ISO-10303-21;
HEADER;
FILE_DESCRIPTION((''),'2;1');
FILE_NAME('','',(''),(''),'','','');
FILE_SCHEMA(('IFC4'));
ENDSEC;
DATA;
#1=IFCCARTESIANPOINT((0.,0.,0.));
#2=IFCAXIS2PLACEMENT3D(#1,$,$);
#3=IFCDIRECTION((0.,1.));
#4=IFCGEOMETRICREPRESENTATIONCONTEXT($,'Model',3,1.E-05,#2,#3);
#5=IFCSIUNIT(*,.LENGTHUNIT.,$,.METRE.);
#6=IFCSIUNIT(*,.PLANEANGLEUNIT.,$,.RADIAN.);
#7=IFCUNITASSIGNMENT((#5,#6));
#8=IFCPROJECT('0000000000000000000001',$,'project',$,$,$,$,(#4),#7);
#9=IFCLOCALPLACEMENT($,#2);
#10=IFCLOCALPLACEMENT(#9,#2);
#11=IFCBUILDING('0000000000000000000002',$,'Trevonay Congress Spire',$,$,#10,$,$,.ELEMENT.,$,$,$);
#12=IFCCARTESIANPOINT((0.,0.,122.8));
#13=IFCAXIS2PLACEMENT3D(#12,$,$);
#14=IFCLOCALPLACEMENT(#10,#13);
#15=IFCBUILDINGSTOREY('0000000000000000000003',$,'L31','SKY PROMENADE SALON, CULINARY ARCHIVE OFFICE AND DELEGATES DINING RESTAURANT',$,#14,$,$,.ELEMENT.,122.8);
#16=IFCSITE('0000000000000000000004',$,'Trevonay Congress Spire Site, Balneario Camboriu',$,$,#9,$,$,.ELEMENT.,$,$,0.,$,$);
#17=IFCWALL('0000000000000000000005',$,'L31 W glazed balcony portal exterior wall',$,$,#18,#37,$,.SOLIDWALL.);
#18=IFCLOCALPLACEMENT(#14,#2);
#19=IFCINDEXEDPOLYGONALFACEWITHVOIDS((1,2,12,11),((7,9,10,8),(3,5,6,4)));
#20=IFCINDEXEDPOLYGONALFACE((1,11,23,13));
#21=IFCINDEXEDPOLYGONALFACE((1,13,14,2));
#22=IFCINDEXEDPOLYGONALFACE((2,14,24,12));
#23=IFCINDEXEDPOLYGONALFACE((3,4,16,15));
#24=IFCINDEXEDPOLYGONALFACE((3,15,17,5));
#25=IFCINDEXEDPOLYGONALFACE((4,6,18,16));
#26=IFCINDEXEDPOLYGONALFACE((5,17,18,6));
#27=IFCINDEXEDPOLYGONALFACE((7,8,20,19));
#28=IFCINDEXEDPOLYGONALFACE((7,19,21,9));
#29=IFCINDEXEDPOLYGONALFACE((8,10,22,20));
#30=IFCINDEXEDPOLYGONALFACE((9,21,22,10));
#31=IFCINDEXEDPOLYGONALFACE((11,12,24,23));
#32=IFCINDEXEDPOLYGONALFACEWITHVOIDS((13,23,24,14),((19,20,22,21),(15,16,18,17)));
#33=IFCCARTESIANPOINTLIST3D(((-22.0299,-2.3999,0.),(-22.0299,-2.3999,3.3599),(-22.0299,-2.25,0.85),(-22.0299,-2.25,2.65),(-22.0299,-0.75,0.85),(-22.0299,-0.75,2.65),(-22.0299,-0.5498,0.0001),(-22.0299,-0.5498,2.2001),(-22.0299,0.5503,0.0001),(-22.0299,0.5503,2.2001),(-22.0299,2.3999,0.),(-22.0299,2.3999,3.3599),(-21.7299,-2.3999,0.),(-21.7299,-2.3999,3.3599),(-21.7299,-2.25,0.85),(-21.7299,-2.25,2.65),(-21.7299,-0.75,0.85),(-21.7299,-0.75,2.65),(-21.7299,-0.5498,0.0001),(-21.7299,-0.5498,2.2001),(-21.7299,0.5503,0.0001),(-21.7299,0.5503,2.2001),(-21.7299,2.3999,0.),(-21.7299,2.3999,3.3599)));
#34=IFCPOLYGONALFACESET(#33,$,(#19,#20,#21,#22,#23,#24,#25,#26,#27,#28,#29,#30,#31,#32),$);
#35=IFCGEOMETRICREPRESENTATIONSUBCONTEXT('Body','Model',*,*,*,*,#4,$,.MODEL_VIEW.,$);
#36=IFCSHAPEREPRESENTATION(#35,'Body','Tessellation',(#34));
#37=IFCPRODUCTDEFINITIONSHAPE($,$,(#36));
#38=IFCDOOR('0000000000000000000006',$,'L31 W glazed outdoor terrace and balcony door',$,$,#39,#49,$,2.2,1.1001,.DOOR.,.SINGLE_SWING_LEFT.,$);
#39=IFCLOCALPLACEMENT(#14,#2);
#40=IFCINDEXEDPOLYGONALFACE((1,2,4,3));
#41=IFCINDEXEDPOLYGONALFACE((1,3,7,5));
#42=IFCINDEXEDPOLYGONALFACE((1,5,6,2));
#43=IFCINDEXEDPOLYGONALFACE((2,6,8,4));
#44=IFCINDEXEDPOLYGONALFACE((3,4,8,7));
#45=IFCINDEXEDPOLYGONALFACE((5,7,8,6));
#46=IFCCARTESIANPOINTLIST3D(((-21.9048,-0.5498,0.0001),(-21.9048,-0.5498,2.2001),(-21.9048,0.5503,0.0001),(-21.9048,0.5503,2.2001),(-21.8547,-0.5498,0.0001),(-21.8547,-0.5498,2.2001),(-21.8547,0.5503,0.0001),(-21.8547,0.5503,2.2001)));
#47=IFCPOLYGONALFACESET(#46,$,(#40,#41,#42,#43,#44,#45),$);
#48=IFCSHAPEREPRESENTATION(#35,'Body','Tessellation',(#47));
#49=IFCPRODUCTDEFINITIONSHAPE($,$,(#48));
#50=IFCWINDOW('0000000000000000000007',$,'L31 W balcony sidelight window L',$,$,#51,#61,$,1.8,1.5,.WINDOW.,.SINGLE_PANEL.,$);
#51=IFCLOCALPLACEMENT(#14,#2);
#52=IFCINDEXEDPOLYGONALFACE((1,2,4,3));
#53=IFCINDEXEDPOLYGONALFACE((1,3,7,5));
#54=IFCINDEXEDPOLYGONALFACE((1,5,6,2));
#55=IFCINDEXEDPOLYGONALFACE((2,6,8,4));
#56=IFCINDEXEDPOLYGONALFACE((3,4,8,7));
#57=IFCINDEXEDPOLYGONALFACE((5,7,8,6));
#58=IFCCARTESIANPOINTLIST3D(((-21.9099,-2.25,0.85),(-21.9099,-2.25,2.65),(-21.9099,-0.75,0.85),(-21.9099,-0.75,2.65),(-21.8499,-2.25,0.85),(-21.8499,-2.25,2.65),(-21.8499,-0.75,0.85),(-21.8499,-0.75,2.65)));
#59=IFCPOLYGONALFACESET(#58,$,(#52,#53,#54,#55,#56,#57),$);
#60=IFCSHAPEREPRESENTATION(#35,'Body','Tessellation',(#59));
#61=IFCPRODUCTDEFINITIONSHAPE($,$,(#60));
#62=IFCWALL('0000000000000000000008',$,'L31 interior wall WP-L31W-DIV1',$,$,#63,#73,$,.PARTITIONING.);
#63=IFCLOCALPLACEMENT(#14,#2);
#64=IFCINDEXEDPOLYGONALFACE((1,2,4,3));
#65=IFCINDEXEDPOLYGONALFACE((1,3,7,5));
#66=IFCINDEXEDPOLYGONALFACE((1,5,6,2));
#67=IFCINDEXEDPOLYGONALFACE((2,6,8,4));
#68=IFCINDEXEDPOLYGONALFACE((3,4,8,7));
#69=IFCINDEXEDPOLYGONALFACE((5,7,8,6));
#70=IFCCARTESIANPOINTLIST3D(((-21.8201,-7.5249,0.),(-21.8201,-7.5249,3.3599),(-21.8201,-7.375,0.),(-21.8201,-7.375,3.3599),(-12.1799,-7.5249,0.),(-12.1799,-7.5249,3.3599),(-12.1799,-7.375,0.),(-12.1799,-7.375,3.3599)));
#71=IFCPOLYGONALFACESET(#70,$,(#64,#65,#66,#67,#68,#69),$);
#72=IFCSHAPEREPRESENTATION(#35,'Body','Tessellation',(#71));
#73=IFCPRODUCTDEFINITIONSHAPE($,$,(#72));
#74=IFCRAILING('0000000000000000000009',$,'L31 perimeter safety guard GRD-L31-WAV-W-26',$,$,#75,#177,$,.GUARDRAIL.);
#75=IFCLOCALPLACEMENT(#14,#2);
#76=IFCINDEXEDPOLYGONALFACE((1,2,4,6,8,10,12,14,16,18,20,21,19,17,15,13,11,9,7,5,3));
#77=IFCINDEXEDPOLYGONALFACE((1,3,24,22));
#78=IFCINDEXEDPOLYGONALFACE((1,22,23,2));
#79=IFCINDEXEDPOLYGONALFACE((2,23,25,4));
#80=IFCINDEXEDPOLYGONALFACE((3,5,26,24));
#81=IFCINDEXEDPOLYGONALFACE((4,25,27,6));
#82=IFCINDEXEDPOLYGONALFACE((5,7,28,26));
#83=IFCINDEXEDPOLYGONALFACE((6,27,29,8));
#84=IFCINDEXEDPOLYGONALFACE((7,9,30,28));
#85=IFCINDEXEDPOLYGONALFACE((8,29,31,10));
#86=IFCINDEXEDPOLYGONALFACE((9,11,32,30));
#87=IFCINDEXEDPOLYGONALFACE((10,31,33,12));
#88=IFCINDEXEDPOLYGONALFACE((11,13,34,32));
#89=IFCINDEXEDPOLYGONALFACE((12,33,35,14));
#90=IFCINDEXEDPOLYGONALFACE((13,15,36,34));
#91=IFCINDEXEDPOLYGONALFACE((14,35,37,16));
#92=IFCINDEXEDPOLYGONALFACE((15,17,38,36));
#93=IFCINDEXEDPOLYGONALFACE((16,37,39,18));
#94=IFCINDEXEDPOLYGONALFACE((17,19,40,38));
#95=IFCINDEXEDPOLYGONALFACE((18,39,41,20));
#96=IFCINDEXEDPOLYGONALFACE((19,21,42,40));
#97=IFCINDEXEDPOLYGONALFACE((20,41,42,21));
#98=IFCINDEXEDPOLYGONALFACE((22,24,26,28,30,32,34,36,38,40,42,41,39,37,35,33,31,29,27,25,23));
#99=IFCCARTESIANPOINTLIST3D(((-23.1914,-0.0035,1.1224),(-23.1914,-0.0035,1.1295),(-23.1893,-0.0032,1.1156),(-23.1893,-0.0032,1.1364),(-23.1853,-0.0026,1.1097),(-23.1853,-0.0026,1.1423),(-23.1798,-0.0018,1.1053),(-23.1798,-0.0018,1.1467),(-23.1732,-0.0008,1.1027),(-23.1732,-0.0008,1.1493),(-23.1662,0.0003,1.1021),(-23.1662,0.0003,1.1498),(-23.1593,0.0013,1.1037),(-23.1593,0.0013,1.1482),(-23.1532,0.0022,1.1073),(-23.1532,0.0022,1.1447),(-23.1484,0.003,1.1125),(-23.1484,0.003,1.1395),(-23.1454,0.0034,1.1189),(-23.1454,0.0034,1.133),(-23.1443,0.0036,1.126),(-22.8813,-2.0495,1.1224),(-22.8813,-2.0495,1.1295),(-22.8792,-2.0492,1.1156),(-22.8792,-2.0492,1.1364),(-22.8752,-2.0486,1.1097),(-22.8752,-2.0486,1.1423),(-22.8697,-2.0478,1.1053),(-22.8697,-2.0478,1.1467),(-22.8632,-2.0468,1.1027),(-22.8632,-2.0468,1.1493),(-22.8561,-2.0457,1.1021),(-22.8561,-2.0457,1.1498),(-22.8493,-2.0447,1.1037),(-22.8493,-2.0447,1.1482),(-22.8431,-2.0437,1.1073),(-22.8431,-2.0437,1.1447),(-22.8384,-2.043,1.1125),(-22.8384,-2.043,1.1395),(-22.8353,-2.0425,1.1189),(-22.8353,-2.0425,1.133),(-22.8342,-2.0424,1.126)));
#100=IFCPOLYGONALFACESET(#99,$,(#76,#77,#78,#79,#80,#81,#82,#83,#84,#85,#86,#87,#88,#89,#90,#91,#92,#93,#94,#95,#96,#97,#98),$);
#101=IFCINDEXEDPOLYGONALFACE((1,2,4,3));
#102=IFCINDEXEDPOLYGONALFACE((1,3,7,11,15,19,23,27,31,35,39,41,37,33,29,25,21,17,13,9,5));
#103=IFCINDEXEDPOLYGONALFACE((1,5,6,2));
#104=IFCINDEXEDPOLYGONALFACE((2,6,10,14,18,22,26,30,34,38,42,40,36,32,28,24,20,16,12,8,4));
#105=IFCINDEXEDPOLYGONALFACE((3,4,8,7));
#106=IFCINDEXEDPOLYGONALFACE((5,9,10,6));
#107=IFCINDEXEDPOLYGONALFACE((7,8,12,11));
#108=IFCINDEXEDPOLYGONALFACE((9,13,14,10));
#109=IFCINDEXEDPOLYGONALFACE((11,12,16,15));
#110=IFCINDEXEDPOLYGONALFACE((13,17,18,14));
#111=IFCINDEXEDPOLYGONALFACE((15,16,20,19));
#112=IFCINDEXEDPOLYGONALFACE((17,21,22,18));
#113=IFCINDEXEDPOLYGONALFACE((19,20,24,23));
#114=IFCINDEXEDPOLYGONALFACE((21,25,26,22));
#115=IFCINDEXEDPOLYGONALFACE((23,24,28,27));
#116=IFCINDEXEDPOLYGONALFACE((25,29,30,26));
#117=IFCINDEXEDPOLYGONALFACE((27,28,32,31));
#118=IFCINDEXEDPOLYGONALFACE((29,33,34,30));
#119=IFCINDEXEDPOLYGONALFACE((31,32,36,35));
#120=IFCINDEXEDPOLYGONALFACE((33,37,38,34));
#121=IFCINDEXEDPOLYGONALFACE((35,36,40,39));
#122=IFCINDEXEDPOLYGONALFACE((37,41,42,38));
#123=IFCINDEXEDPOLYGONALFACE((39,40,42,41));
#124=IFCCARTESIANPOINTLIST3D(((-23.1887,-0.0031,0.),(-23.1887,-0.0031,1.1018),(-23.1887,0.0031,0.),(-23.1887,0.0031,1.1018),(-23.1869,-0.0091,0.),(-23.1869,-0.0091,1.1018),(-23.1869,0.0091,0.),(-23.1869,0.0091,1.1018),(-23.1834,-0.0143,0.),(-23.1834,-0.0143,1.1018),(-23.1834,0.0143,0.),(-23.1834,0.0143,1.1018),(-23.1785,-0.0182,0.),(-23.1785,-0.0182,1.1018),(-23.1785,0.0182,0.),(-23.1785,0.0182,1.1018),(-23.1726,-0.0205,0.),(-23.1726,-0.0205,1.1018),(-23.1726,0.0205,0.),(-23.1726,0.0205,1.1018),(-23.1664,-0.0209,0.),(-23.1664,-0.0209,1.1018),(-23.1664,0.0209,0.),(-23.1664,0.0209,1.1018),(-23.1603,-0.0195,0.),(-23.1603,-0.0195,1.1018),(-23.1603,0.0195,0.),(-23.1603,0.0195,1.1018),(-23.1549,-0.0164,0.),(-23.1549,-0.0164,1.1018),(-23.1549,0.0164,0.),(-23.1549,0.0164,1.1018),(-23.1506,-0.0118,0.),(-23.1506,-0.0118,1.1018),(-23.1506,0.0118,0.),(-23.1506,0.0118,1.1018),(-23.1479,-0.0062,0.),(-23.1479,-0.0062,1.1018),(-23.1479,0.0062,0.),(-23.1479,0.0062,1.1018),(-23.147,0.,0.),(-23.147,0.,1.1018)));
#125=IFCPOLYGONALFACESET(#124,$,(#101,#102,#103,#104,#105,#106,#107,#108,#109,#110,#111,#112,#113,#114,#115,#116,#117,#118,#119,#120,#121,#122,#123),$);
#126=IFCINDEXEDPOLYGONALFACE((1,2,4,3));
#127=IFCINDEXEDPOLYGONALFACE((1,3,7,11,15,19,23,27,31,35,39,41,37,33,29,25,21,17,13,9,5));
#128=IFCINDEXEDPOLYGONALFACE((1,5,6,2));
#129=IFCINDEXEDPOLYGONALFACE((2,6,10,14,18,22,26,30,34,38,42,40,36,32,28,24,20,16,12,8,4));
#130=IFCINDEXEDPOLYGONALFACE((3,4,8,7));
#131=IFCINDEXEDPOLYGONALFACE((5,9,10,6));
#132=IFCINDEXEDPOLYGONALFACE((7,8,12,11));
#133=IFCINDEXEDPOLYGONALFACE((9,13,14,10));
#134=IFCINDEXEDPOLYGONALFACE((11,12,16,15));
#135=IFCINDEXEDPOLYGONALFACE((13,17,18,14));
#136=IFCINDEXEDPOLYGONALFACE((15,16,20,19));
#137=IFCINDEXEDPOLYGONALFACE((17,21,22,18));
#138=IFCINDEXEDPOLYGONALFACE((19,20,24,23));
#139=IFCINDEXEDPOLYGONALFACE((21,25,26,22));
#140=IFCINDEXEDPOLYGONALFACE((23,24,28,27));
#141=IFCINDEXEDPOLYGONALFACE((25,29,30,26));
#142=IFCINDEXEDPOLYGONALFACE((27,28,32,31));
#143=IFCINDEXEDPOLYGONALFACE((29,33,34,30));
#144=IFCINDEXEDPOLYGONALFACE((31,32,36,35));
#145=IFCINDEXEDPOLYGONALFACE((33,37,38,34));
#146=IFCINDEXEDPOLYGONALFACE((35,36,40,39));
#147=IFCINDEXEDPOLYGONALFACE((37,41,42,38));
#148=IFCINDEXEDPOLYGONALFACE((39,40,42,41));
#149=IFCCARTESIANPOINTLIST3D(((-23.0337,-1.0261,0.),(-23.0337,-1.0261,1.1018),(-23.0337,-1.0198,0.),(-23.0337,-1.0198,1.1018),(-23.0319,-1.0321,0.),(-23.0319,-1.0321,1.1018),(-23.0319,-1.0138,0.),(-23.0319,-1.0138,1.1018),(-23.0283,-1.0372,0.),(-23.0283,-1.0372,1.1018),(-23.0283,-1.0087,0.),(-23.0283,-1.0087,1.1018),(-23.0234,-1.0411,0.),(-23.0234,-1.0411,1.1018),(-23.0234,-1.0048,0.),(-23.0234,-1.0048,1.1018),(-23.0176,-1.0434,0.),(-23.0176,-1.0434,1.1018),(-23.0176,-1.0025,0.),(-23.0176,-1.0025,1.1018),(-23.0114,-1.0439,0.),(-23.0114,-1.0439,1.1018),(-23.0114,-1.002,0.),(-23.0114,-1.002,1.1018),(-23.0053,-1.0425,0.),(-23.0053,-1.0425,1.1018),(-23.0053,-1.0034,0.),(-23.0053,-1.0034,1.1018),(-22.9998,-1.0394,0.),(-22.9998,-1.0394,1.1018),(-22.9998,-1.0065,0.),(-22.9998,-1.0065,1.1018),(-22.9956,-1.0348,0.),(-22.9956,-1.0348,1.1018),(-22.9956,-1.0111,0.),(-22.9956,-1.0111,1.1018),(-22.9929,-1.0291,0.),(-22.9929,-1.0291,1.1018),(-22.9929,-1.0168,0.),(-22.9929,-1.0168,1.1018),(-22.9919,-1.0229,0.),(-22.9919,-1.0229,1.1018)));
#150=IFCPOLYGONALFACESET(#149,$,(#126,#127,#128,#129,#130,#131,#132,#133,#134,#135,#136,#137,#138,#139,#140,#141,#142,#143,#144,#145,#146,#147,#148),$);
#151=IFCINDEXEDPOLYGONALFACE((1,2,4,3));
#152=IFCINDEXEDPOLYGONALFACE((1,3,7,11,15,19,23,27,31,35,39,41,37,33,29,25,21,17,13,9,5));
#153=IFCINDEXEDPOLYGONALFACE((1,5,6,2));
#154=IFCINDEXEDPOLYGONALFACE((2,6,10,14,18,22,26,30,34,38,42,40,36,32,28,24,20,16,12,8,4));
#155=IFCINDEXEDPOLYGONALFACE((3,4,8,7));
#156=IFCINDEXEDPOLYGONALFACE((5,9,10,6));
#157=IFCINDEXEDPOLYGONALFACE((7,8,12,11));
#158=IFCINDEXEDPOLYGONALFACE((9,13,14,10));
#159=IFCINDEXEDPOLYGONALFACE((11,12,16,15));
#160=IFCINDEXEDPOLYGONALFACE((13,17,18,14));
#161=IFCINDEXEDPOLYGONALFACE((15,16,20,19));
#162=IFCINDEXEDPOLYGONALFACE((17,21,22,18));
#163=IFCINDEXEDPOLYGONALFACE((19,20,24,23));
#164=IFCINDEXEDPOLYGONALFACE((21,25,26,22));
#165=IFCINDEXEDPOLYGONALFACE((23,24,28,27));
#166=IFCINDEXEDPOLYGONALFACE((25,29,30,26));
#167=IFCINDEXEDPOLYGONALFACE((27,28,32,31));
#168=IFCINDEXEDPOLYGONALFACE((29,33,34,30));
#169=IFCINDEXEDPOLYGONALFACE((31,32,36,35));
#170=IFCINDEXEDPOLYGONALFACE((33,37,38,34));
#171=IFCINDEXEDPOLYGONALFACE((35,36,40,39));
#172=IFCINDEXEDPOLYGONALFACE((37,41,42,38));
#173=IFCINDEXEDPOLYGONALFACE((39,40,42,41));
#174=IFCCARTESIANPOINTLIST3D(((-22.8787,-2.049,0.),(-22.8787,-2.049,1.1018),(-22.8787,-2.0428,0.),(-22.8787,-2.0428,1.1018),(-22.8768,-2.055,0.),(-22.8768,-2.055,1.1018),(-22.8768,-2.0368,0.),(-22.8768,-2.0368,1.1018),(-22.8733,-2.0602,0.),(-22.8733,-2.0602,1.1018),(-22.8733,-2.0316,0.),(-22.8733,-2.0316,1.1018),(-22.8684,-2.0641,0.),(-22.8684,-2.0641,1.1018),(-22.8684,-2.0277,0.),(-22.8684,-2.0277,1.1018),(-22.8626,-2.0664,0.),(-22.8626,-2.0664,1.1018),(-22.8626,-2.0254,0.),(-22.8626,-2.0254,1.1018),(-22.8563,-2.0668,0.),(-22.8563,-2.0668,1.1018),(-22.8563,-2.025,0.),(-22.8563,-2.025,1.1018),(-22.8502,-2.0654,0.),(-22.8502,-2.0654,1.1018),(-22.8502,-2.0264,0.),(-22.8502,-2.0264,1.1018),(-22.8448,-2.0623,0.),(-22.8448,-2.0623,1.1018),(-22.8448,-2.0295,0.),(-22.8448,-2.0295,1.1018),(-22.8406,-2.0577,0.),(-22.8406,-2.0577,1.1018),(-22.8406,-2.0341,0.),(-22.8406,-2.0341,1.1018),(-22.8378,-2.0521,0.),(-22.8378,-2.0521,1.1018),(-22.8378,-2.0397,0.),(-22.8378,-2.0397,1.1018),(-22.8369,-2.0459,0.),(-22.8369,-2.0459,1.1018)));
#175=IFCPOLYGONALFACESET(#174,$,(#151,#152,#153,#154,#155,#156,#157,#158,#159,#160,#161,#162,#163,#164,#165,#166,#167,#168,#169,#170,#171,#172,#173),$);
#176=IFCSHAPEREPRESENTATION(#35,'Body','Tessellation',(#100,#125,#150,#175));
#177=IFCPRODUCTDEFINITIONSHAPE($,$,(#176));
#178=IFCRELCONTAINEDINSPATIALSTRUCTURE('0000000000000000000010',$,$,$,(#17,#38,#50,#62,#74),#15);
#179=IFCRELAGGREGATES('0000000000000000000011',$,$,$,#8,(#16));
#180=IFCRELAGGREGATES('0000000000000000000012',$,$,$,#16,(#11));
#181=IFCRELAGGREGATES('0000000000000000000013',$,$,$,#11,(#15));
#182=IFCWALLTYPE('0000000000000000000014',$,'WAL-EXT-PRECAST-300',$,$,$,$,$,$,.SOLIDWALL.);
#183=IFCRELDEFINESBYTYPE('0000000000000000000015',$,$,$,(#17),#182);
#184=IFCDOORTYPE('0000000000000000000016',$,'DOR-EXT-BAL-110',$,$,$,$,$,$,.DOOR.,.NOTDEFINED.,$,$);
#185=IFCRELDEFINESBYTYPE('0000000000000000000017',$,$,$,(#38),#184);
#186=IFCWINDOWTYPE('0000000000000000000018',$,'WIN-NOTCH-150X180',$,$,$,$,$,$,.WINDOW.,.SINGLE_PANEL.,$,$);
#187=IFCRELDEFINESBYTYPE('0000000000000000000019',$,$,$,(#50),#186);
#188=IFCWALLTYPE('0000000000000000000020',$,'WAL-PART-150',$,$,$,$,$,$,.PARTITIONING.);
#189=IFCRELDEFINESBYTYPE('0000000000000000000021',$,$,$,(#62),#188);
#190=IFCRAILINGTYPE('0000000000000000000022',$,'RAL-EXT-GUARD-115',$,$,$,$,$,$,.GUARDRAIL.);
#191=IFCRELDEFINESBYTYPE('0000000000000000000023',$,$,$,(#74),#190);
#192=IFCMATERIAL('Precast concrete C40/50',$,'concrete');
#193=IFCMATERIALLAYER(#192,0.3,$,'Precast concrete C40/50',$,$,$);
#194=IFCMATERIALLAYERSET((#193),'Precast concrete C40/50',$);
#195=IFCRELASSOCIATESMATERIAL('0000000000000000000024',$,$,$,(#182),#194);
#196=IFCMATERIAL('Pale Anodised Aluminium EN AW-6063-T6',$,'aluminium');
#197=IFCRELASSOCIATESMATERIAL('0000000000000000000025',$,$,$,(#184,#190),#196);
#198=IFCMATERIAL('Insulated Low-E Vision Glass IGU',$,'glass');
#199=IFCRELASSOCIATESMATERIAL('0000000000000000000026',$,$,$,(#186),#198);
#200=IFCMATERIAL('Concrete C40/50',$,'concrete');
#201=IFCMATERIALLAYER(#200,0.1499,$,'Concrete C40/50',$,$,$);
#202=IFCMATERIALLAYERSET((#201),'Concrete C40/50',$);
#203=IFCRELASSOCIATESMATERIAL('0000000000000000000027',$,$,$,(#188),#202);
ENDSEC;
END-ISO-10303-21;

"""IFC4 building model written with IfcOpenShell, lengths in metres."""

from ifc_helpers import new_model, si_unit, direction, frame, frame_2d, origin, origin_2d, place, context, subcontext, project, spatial, rectangle, circle, extrude, material, layer, layer_set, type_object, element, fill, save


model = new_model("IFC4")

# Units and contexts
model_context = context("Model", 3, precision=1e-05, world=origin(), true_north=direction((0.0, 1.0)))
body_context = subcontext(model_context, "Body", "Model", "MODEL_VIEW")
ifc_project = project(units=[si_unit("LENGTHUNIT", "METRE"), si_unit("PLANEANGLEUNIT", "RADIAN")], contexts=[model_context])

# Site, building, storey
site_placement = place(None, origin())
site = spatial("IfcSite", under=ifc_project, at=site_placement, Name="Trevonay Congress Spire Site, Balneario Camboriu", CompositionType="ELEMENT", RefElevation=0.0)
building_placement = place(site_placement, origin())
building = spatial("IfcBuilding", under=site, at=building_placement, Name="Trevonay Congress Spire", CompositionType="ELEMENT")
storey_placement = place(building_placement, frame((0.0, 0.0, 122.8)))
storey = spatial("IfcBuildingStorey", under=building, at=storey_placement, Name="L31", Description="SKY PROMENADE SALON, CULINARY ARCHIVE OFFICE AND DELEGATES DINING RESTAURANT", CompositionType="ELEMENT", Elevation=122.8)

# Shared definitions
ifc_material_1 = material(Name="Pale Anodised Aluminium EN AW-6063-T6", Category="aluminium")
ifc_material_2 = material(Name="Insulated Low-E Vision Glass IGU", Category="glass")

# Shared definitions
ifc_material_3 = material(Name="Concrete C40/50", Category="concrete")

# Wall, openings, door, window
ifc_material_4 = material(Name="Precast concrete C40/50", Category="concrete")
ifc_layer_1 = layer(ifc_material_4, 0.3, Name="Precast concrete C40/50")
ifc_layer_set_1 = layer_set([ifc_layer_1], Name="Precast concrete C40/50")
wall_type_1 = type_object("IfcWallType", Name="WAL-EXT-PRECAST-300", PredefinedType="SOLIDWALL", material=ifc_layer_set_1)
wall_1_placement = place(storey_placement, frame((-21.8799, -2.3999, 0.0), z_axis=(0.0, 0.0, 1.0), x_axis=(0.0, 1.0, 0.0)))
wall_1 = element("IfcWall", 1, at=wall_1_placement, inside=storey, type_object=wall_type_1, Name="L31 W glazed balcony portal exterior wall", PredefinedType="SOLIDWALL", context=body_context, shape_type="SweptSolid", body=[
    extrude(rectangle(XDim=4.7998, YDim=0.3, at=frame_2d((2.3999, 0.0))), origin(), (0.0, 0.0, 1.0), 3.3599),
])
opening_1_placement = place(wall_1_placement, frame((1.8501, 0.0, 0.0)))
opening_1 = element("IfcOpeningElement", 2, at=opening_1_placement, cuts=wall_1, PredefinedType="OPENING", context=body_context, shape_type="SweptSolid", body=[
    extrude(rectangle(XDim=1.1001, YDim=2.2, at=frame_2d((0.55, 1.1001))), frame((0.0, 0.1602, 0.0), z_axis=(0.0, -1.0, 0.0), x_axis=(1.0, 0.0, 0.0)), (0.0, 0.0, 1.0), 0.3201),
])
opening_2_placement = place(wall_1_placement, frame((0.1499, 0.0, 0.8501)))
opening_2 = element("IfcOpeningElement", 3, at=opening_2_placement, cuts=wall_1, PredefinedType="OPENING", context=body_context, shape_type="SweptSolid", body=[
    extrude(rectangle(XDim=1.5, YDim=1.8, at=frame_2d((0.75, 0.8999))), frame((0.0, 0.1602, 0.0), z_axis=(0.0, -1.0, 0.0), x_axis=(1.0, 0.0, 0.0)), (0.0, 0.0, 1.0), 0.3201),
])
door_type_1 = type_object("IfcDoorType", Name="DOR-EXT-BAL-110", OperationType="NOTDEFINED", PredefinedType="DOOR", material=ifc_material_1)
door_1_placement = place(opening_1_placement, origin())
door_1 = element("IfcDoor", 4, at=door_1_placement, inside=storey, type_object=door_type_1, Name="L31 W glazed outdoor terrace and balcony door", OperationType="SINGLE_SWING_LEFT", OverallHeight=2.2, OverallWidth=1.1001, PredefinedType="DOOR", context=body_context, shape_type="SweptSolid", body=[
    extrude(rectangle(XDim=1.1001, YDim=2.2, at=frame_2d((0.55, 1.1001))), frame((0.0, 0.0249, 0.0), z_axis=(0.0, -1.0, 0.0), x_axis=(1.0, 0.0, 0.0)), (0.0, 0.0, 1.0), 0.05),
])
fill(opening_1, door_1)
window_type = type_object("IfcWindowType", Name="WIN-NOTCH-150X180", PartitioningType="SINGLE_PANEL", PredefinedType="WINDOW", material=ifc_material_2)
window_placement = place(opening_2_placement, origin())
window = element("IfcWindow", 5, at=window_placement, inside=storey, type_object=window_type, Name="L31 W balcony sidelight window L", OverallHeight=1.8, OverallWidth=1.5, PartitioningType="SINGLE_PANEL", PredefinedType="WINDOW", context=body_context, shape_type="SweptSolid", body=[
    extrude(rectangle(XDim=1.5, YDim=1.8, at=frame_2d((0.75, 0.8999))), frame((0.0, 0.03, 0.0), z_axis=(0.0, -1.0, 0.0), x_axis=(1.0, 0.0, 0.0)), (0.0, 0.0, 1.0), 0.0601),
])
fill(opening_2, window)

# Wall
ifc_layer_2 = layer(ifc_material_3, 0.1499, Name="Concrete C40/50")
ifc_layer_set_2 = layer_set([ifc_layer_2], Name="Concrete C40/50")
wall_type_2 = type_object("IfcWallType", Name="WAL-PART-150", PredefinedType="PARTITIONING", material=ifc_layer_set_2)
wall_2_placement = place(storey_placement, frame((-21.8201, -7.45, 0.0), z_axis=(0.0, 0.0, 1.0), x_axis=(1.0, 0.0, 0.0)))
element("IfcWall", 6, at=wall_2_placement, inside=storey, type_object=wall_type_2, Name="L31 interior wall WP-L31W-DIV1", PredefinedType="PARTITIONING", context=body_context, shape_type="SweptSolid", body=[
    extrude(rectangle(XDim=9.6401, YDim=0.1499, at=frame_2d((4.8201, 0.0))), origin(), (0.0, 0.0, 1.0), 3.3599),
])

# Railing
railing_type = type_object("IfcRailingType", Name="RAL-EXT-GUARD-115", PredefinedType="GUARDRAIL", material=ifc_material_1)
railing_1_placement = place(storey_placement, frame((-23.168, 0.0, 0.0)))
element("IfcRailing", 7, at=railing_1_placement, inside=storey, type_object=railing_type, Name="L31 perimeter safety guard GRD-L31-WAV-W-26", PredefinedType="GUARDRAIL", context=body_context, shape_type="SweptSolid", body=[
    extrude(circle(Radius=0.0239, at=origin_2d()), frame((0.0, 0.0, 1.126), z_axis=(0.14984, -0.98871, 0.0), x_axis=(0.98871, 0.14984, 0.0)), (0.0, 0.0, 1.0), 2.0693),
    extrude(circle(Radius=0.021, at=origin_2d()), origin(), (0.0, 0.0, 1.0), 1.1018),
    extrude(circle(Radius=0.021, at=origin_2d()), frame((0.155, -1.0229, 0.0)), (0.0, 0.0, 1.0), 1.1018),
    extrude(circle(Radius=0.021, at=origin_2d()), frame((0.3101, -2.0459, 0.0)), (0.0, 0.0, 1.0), 1.1018),
])

save(model, "model.ifc")
